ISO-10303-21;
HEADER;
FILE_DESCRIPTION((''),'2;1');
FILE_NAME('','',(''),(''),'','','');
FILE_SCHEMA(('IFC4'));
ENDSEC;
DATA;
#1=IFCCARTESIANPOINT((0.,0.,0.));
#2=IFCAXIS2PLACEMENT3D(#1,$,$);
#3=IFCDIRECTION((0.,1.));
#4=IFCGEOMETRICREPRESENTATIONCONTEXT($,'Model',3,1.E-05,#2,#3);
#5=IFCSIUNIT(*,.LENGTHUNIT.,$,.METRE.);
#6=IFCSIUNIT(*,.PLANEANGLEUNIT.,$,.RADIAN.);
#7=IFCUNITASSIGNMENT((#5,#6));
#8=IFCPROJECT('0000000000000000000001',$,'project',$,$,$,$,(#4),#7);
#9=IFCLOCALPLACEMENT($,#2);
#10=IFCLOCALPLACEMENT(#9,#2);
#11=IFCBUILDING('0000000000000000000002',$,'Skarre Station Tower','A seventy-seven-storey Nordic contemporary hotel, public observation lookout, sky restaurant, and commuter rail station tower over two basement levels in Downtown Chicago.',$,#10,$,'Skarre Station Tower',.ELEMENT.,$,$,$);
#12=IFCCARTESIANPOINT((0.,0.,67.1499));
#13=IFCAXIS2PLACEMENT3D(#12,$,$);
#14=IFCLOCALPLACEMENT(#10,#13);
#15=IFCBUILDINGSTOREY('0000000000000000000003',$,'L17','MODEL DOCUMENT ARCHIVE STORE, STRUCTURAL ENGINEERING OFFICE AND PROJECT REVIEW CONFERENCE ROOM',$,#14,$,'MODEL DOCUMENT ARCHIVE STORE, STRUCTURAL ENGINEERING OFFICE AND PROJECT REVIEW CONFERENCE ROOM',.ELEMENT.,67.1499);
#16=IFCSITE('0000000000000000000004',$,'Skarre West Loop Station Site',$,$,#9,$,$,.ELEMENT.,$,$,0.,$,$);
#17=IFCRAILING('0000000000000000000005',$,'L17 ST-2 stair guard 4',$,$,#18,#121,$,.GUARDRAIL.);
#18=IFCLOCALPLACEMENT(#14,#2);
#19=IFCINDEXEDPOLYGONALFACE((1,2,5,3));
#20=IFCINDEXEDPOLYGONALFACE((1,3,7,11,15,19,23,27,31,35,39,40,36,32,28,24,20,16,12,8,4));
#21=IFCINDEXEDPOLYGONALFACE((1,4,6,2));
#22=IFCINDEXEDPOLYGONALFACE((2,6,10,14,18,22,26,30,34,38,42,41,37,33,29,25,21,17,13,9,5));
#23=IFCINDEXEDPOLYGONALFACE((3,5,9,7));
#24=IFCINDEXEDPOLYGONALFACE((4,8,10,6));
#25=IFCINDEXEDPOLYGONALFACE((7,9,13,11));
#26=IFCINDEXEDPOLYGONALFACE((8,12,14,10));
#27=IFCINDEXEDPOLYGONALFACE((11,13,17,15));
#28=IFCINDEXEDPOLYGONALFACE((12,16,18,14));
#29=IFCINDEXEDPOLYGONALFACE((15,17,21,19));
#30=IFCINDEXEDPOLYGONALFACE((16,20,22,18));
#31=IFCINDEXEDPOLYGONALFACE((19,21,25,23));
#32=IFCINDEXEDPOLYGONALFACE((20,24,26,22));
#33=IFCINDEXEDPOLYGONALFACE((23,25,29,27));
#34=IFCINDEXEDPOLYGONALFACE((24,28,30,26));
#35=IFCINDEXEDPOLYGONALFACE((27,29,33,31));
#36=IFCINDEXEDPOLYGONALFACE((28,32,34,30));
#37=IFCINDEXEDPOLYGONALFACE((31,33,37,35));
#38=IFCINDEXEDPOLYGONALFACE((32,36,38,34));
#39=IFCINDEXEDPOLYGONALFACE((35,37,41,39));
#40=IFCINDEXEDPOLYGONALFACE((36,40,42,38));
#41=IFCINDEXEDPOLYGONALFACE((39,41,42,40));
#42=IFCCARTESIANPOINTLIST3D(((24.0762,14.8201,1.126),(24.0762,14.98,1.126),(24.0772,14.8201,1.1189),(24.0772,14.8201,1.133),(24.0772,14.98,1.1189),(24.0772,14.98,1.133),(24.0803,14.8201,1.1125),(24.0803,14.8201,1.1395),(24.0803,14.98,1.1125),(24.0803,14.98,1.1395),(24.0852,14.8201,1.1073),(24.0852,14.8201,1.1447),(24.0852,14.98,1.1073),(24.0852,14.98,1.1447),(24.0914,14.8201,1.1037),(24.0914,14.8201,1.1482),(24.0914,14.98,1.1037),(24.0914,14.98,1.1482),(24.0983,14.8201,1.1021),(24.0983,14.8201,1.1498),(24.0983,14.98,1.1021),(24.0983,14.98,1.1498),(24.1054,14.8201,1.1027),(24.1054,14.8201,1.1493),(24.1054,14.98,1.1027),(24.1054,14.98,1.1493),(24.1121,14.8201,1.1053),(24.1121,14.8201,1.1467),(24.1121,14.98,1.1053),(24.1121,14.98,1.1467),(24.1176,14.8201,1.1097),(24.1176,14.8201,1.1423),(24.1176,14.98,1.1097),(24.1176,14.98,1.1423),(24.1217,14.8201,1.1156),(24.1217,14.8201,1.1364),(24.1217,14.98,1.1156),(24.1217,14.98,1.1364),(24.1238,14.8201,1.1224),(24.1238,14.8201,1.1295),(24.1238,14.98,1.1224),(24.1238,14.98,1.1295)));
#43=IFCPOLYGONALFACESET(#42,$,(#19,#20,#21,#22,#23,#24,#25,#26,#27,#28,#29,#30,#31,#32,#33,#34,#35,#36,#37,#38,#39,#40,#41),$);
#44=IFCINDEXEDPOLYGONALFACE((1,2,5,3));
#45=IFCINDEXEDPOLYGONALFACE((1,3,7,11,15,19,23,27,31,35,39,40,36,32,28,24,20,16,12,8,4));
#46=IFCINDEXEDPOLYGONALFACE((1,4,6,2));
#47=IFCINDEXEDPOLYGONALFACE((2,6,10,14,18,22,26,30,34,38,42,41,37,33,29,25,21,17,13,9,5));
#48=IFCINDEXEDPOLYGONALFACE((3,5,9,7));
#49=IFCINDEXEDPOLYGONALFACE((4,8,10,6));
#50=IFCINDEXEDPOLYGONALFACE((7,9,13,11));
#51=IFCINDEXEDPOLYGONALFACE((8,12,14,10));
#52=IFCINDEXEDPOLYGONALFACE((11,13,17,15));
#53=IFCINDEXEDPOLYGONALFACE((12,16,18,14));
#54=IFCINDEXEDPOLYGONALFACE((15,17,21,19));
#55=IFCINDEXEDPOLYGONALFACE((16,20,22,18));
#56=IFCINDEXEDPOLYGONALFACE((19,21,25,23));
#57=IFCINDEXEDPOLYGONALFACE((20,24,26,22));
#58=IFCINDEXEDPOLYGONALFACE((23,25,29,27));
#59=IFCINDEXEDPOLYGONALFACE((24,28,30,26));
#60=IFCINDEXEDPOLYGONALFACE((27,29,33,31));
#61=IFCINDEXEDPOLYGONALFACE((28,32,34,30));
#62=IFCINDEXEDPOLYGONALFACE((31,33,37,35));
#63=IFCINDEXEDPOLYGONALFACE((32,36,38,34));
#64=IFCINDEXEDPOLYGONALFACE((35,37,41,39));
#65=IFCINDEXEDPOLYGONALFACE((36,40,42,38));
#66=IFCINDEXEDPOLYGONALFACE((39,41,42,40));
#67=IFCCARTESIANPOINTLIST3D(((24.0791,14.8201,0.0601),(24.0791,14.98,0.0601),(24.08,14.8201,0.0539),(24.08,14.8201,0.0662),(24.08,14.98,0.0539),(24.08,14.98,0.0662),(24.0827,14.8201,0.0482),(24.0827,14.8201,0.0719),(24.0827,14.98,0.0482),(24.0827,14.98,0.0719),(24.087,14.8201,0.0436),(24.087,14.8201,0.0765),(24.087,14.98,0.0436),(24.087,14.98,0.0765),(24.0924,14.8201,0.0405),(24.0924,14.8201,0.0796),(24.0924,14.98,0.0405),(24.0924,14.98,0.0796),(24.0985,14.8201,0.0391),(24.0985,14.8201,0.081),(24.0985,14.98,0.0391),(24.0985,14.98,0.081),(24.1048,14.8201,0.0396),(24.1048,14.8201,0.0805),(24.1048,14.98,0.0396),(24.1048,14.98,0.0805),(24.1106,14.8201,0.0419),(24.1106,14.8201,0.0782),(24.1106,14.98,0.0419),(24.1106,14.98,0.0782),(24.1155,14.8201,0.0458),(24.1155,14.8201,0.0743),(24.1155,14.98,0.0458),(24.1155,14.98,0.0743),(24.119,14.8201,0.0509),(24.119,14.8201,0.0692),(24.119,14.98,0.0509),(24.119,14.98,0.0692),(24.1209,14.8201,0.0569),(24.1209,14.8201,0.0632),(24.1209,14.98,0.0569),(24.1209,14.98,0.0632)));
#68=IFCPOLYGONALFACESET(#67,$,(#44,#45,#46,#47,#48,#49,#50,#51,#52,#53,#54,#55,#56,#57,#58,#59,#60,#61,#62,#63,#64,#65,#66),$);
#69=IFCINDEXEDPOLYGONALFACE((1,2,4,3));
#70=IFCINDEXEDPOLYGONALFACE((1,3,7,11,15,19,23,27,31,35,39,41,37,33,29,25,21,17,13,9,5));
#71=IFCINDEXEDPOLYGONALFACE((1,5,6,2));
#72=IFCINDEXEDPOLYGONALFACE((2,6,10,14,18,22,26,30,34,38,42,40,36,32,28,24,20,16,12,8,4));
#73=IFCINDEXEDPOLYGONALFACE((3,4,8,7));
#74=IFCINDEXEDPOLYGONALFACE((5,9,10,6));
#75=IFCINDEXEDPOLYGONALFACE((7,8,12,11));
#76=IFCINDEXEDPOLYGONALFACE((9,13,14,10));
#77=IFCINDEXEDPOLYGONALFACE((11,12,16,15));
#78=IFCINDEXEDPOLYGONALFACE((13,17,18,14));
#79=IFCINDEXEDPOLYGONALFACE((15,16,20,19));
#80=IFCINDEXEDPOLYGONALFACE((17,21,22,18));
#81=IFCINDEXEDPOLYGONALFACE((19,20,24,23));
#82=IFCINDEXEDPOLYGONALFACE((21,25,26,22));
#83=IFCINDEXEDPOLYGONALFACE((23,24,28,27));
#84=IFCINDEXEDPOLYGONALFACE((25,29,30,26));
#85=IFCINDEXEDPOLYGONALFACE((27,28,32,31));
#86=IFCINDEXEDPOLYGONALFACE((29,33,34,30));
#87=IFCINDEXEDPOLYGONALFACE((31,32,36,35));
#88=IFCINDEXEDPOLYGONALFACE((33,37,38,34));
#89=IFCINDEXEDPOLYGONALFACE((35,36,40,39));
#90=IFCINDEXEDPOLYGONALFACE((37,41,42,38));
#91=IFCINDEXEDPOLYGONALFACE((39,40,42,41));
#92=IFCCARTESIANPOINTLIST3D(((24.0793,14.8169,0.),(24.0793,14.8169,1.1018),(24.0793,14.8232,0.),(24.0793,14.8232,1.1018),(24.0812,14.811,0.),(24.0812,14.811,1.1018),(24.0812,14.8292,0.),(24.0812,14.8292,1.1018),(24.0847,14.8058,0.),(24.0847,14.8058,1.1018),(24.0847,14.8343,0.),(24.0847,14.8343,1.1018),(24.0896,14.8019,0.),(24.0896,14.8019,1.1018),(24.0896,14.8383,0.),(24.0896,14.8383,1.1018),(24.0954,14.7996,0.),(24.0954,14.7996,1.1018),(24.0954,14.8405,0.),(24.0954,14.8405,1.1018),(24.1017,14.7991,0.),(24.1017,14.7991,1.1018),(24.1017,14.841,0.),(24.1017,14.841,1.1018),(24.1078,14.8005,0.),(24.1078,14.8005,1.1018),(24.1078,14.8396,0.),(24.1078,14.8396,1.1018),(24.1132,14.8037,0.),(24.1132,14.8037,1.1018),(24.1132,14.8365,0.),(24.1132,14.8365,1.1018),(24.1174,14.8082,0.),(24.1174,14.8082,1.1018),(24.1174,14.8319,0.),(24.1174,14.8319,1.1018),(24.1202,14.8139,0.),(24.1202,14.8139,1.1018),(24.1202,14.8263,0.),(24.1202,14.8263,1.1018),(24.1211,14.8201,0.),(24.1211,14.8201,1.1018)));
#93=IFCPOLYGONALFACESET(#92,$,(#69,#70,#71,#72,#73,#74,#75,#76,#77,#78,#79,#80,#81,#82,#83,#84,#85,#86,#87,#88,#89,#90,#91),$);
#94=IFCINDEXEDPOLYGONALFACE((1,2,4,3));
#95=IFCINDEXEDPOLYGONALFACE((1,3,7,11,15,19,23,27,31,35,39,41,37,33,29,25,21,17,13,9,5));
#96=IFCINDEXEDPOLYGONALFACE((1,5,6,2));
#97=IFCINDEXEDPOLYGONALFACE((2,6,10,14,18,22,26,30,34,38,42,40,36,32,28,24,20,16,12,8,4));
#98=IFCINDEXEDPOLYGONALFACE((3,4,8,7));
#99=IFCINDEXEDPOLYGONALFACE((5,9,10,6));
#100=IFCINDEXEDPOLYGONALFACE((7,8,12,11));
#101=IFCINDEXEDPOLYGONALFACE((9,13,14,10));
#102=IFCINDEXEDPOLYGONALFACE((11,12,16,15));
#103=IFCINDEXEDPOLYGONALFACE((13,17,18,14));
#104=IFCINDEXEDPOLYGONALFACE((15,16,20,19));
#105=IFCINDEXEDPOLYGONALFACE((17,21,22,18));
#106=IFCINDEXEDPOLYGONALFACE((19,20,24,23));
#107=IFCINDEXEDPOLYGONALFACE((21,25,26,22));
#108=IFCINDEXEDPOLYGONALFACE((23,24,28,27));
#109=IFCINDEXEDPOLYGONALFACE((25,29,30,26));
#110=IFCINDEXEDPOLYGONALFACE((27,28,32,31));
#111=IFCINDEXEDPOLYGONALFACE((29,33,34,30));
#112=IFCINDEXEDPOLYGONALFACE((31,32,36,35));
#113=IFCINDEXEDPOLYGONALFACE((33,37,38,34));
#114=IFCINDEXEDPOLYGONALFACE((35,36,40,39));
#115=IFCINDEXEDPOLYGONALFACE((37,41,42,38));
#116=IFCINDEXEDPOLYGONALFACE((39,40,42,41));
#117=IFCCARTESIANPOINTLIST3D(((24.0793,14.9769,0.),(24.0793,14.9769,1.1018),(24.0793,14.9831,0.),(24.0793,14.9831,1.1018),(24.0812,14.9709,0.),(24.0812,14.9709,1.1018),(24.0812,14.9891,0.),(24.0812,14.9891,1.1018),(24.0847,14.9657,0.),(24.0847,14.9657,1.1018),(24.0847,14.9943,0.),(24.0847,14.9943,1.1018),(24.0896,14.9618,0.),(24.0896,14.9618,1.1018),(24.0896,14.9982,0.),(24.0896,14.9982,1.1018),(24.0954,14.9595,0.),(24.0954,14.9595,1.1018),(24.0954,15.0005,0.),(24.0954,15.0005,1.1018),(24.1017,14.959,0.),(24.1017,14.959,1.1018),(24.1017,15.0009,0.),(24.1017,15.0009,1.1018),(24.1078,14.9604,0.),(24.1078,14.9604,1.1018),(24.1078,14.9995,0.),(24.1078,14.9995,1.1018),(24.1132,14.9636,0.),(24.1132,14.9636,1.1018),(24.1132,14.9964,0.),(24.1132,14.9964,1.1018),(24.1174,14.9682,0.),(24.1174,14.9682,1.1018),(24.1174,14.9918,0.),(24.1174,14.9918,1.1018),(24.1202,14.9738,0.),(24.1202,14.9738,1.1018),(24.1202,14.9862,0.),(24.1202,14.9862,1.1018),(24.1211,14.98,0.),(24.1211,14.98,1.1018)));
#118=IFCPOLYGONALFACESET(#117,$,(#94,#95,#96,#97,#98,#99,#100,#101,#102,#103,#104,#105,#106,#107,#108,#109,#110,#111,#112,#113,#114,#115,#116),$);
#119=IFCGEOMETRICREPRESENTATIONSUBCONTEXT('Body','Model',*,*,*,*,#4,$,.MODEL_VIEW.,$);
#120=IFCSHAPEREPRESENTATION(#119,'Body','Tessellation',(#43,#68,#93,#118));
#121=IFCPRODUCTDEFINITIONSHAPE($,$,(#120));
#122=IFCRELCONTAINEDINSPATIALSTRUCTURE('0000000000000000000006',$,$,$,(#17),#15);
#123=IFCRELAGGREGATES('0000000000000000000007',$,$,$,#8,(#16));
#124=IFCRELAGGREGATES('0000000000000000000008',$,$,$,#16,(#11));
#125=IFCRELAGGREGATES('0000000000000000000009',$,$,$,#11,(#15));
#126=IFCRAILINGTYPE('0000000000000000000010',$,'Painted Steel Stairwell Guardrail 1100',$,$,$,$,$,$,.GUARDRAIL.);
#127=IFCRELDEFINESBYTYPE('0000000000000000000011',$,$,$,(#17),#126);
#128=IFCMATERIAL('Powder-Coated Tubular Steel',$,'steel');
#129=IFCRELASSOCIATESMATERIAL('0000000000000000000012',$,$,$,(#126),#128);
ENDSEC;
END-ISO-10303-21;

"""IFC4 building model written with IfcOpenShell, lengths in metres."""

from ifc_helpers import new_model, si_unit, direction, frame, origin, origin_2d, place, context, subcontext, project, spatial, circle, extrude, material, type_object, element, save


model = new_model("IFC4")

# Units and contexts
model_context = context("Model", 3, precision=1e-05, world=origin(), true_north=direction((0.0, 1.0)))
body_context = subcontext(model_context, "Body", "Model", "MODEL_VIEW")
ifc_project = project(units=[si_unit("LENGTHUNIT", "METRE"), si_unit("PLANEANGLEUNIT", "RADIAN")], contexts=[model_context])

# Site, building, storey
site_placement = place(None, origin())
site = spatial("IfcSite", under=ifc_project, at=site_placement, Name="Skarre West Loop Station Site", CompositionType="ELEMENT", RefElevation=0.0)
building_placement = place(site_placement, origin())
building = spatial("IfcBuilding", under=site, at=building_placement, Name="Skarre Station Tower", Description="A seventy-seven-storey Nordic contemporary hotel, public observation lookout, sky restaurant, and commuter rail station tower over two basement levels in Downtown Chicago.", LongName="Skarre Station Tower", CompositionType="ELEMENT")
storey_placement = place(building_placement, frame((0.0, 0.0, 67.1499)))
storey = spatial("IfcBuildingStorey", under=building, at=storey_placement, Name="L17", Description="MODEL DOCUMENT ARCHIVE STORE, STRUCTURAL ENGINEERING OFFICE AND PROJECT REVIEW CONFERENCE ROOM", LongName="MODEL DOCUMENT ARCHIVE STORE, STRUCTURAL ENGINEERING OFFICE AND PROJECT REVIEW CONFERENCE ROOM", CompositionType="ELEMENT", Elevation=67.1499)

# Railing
ifc_material_1 = material(Name="Powder-Coated Tubular Steel", Category="steel")
railing_type_1 = type_object("IfcRailingType", Name="Painted Steel Stairwell Guardrail 1100", PredefinedType="GUARDRAIL", material=ifc_material_1)
railing_1_placement = place(storey_placement, frame((24.1001, 14.8201, 0.0)))
element("IfcRailing", 1, at=railing_1_placement, inside=storey, type_object=railing_type_1, Name="L17 ST-2 stair guard 4", PredefinedType="GUARDRAIL", context=body_context, shape_type="SweptSolid", body=[
    extrude(circle(Radius=0.0239, at=origin_2d()), frame((0.0, 0.0, 1.126), z_axis=(0.0, 1.0, 0.0), x_axis=(-1.0, 0.0, 0.0)), (0.0, 0.0, 1.0), 0.1599),
    extrude(circle(Radius=0.021, at=origin_2d()), frame((0.0, 0.0, 0.0601), z_axis=(0.0, 1.0, 0.0), x_axis=(-1.0, 0.0, 0.0)), (0.0, 0.0, 1.0), 0.1599),
    extrude(circle(Radius=0.021, at=origin_2d()), origin(), (0.0, 0.0, 1.0), 1.1018),
    extrude(circle(Radius=0.021, at=origin_2d()), frame((0.0, 0.1599, 0.0)), (0.0, 0.0, 1.0), 1.1018),
])

save(model, "model.ifc")
